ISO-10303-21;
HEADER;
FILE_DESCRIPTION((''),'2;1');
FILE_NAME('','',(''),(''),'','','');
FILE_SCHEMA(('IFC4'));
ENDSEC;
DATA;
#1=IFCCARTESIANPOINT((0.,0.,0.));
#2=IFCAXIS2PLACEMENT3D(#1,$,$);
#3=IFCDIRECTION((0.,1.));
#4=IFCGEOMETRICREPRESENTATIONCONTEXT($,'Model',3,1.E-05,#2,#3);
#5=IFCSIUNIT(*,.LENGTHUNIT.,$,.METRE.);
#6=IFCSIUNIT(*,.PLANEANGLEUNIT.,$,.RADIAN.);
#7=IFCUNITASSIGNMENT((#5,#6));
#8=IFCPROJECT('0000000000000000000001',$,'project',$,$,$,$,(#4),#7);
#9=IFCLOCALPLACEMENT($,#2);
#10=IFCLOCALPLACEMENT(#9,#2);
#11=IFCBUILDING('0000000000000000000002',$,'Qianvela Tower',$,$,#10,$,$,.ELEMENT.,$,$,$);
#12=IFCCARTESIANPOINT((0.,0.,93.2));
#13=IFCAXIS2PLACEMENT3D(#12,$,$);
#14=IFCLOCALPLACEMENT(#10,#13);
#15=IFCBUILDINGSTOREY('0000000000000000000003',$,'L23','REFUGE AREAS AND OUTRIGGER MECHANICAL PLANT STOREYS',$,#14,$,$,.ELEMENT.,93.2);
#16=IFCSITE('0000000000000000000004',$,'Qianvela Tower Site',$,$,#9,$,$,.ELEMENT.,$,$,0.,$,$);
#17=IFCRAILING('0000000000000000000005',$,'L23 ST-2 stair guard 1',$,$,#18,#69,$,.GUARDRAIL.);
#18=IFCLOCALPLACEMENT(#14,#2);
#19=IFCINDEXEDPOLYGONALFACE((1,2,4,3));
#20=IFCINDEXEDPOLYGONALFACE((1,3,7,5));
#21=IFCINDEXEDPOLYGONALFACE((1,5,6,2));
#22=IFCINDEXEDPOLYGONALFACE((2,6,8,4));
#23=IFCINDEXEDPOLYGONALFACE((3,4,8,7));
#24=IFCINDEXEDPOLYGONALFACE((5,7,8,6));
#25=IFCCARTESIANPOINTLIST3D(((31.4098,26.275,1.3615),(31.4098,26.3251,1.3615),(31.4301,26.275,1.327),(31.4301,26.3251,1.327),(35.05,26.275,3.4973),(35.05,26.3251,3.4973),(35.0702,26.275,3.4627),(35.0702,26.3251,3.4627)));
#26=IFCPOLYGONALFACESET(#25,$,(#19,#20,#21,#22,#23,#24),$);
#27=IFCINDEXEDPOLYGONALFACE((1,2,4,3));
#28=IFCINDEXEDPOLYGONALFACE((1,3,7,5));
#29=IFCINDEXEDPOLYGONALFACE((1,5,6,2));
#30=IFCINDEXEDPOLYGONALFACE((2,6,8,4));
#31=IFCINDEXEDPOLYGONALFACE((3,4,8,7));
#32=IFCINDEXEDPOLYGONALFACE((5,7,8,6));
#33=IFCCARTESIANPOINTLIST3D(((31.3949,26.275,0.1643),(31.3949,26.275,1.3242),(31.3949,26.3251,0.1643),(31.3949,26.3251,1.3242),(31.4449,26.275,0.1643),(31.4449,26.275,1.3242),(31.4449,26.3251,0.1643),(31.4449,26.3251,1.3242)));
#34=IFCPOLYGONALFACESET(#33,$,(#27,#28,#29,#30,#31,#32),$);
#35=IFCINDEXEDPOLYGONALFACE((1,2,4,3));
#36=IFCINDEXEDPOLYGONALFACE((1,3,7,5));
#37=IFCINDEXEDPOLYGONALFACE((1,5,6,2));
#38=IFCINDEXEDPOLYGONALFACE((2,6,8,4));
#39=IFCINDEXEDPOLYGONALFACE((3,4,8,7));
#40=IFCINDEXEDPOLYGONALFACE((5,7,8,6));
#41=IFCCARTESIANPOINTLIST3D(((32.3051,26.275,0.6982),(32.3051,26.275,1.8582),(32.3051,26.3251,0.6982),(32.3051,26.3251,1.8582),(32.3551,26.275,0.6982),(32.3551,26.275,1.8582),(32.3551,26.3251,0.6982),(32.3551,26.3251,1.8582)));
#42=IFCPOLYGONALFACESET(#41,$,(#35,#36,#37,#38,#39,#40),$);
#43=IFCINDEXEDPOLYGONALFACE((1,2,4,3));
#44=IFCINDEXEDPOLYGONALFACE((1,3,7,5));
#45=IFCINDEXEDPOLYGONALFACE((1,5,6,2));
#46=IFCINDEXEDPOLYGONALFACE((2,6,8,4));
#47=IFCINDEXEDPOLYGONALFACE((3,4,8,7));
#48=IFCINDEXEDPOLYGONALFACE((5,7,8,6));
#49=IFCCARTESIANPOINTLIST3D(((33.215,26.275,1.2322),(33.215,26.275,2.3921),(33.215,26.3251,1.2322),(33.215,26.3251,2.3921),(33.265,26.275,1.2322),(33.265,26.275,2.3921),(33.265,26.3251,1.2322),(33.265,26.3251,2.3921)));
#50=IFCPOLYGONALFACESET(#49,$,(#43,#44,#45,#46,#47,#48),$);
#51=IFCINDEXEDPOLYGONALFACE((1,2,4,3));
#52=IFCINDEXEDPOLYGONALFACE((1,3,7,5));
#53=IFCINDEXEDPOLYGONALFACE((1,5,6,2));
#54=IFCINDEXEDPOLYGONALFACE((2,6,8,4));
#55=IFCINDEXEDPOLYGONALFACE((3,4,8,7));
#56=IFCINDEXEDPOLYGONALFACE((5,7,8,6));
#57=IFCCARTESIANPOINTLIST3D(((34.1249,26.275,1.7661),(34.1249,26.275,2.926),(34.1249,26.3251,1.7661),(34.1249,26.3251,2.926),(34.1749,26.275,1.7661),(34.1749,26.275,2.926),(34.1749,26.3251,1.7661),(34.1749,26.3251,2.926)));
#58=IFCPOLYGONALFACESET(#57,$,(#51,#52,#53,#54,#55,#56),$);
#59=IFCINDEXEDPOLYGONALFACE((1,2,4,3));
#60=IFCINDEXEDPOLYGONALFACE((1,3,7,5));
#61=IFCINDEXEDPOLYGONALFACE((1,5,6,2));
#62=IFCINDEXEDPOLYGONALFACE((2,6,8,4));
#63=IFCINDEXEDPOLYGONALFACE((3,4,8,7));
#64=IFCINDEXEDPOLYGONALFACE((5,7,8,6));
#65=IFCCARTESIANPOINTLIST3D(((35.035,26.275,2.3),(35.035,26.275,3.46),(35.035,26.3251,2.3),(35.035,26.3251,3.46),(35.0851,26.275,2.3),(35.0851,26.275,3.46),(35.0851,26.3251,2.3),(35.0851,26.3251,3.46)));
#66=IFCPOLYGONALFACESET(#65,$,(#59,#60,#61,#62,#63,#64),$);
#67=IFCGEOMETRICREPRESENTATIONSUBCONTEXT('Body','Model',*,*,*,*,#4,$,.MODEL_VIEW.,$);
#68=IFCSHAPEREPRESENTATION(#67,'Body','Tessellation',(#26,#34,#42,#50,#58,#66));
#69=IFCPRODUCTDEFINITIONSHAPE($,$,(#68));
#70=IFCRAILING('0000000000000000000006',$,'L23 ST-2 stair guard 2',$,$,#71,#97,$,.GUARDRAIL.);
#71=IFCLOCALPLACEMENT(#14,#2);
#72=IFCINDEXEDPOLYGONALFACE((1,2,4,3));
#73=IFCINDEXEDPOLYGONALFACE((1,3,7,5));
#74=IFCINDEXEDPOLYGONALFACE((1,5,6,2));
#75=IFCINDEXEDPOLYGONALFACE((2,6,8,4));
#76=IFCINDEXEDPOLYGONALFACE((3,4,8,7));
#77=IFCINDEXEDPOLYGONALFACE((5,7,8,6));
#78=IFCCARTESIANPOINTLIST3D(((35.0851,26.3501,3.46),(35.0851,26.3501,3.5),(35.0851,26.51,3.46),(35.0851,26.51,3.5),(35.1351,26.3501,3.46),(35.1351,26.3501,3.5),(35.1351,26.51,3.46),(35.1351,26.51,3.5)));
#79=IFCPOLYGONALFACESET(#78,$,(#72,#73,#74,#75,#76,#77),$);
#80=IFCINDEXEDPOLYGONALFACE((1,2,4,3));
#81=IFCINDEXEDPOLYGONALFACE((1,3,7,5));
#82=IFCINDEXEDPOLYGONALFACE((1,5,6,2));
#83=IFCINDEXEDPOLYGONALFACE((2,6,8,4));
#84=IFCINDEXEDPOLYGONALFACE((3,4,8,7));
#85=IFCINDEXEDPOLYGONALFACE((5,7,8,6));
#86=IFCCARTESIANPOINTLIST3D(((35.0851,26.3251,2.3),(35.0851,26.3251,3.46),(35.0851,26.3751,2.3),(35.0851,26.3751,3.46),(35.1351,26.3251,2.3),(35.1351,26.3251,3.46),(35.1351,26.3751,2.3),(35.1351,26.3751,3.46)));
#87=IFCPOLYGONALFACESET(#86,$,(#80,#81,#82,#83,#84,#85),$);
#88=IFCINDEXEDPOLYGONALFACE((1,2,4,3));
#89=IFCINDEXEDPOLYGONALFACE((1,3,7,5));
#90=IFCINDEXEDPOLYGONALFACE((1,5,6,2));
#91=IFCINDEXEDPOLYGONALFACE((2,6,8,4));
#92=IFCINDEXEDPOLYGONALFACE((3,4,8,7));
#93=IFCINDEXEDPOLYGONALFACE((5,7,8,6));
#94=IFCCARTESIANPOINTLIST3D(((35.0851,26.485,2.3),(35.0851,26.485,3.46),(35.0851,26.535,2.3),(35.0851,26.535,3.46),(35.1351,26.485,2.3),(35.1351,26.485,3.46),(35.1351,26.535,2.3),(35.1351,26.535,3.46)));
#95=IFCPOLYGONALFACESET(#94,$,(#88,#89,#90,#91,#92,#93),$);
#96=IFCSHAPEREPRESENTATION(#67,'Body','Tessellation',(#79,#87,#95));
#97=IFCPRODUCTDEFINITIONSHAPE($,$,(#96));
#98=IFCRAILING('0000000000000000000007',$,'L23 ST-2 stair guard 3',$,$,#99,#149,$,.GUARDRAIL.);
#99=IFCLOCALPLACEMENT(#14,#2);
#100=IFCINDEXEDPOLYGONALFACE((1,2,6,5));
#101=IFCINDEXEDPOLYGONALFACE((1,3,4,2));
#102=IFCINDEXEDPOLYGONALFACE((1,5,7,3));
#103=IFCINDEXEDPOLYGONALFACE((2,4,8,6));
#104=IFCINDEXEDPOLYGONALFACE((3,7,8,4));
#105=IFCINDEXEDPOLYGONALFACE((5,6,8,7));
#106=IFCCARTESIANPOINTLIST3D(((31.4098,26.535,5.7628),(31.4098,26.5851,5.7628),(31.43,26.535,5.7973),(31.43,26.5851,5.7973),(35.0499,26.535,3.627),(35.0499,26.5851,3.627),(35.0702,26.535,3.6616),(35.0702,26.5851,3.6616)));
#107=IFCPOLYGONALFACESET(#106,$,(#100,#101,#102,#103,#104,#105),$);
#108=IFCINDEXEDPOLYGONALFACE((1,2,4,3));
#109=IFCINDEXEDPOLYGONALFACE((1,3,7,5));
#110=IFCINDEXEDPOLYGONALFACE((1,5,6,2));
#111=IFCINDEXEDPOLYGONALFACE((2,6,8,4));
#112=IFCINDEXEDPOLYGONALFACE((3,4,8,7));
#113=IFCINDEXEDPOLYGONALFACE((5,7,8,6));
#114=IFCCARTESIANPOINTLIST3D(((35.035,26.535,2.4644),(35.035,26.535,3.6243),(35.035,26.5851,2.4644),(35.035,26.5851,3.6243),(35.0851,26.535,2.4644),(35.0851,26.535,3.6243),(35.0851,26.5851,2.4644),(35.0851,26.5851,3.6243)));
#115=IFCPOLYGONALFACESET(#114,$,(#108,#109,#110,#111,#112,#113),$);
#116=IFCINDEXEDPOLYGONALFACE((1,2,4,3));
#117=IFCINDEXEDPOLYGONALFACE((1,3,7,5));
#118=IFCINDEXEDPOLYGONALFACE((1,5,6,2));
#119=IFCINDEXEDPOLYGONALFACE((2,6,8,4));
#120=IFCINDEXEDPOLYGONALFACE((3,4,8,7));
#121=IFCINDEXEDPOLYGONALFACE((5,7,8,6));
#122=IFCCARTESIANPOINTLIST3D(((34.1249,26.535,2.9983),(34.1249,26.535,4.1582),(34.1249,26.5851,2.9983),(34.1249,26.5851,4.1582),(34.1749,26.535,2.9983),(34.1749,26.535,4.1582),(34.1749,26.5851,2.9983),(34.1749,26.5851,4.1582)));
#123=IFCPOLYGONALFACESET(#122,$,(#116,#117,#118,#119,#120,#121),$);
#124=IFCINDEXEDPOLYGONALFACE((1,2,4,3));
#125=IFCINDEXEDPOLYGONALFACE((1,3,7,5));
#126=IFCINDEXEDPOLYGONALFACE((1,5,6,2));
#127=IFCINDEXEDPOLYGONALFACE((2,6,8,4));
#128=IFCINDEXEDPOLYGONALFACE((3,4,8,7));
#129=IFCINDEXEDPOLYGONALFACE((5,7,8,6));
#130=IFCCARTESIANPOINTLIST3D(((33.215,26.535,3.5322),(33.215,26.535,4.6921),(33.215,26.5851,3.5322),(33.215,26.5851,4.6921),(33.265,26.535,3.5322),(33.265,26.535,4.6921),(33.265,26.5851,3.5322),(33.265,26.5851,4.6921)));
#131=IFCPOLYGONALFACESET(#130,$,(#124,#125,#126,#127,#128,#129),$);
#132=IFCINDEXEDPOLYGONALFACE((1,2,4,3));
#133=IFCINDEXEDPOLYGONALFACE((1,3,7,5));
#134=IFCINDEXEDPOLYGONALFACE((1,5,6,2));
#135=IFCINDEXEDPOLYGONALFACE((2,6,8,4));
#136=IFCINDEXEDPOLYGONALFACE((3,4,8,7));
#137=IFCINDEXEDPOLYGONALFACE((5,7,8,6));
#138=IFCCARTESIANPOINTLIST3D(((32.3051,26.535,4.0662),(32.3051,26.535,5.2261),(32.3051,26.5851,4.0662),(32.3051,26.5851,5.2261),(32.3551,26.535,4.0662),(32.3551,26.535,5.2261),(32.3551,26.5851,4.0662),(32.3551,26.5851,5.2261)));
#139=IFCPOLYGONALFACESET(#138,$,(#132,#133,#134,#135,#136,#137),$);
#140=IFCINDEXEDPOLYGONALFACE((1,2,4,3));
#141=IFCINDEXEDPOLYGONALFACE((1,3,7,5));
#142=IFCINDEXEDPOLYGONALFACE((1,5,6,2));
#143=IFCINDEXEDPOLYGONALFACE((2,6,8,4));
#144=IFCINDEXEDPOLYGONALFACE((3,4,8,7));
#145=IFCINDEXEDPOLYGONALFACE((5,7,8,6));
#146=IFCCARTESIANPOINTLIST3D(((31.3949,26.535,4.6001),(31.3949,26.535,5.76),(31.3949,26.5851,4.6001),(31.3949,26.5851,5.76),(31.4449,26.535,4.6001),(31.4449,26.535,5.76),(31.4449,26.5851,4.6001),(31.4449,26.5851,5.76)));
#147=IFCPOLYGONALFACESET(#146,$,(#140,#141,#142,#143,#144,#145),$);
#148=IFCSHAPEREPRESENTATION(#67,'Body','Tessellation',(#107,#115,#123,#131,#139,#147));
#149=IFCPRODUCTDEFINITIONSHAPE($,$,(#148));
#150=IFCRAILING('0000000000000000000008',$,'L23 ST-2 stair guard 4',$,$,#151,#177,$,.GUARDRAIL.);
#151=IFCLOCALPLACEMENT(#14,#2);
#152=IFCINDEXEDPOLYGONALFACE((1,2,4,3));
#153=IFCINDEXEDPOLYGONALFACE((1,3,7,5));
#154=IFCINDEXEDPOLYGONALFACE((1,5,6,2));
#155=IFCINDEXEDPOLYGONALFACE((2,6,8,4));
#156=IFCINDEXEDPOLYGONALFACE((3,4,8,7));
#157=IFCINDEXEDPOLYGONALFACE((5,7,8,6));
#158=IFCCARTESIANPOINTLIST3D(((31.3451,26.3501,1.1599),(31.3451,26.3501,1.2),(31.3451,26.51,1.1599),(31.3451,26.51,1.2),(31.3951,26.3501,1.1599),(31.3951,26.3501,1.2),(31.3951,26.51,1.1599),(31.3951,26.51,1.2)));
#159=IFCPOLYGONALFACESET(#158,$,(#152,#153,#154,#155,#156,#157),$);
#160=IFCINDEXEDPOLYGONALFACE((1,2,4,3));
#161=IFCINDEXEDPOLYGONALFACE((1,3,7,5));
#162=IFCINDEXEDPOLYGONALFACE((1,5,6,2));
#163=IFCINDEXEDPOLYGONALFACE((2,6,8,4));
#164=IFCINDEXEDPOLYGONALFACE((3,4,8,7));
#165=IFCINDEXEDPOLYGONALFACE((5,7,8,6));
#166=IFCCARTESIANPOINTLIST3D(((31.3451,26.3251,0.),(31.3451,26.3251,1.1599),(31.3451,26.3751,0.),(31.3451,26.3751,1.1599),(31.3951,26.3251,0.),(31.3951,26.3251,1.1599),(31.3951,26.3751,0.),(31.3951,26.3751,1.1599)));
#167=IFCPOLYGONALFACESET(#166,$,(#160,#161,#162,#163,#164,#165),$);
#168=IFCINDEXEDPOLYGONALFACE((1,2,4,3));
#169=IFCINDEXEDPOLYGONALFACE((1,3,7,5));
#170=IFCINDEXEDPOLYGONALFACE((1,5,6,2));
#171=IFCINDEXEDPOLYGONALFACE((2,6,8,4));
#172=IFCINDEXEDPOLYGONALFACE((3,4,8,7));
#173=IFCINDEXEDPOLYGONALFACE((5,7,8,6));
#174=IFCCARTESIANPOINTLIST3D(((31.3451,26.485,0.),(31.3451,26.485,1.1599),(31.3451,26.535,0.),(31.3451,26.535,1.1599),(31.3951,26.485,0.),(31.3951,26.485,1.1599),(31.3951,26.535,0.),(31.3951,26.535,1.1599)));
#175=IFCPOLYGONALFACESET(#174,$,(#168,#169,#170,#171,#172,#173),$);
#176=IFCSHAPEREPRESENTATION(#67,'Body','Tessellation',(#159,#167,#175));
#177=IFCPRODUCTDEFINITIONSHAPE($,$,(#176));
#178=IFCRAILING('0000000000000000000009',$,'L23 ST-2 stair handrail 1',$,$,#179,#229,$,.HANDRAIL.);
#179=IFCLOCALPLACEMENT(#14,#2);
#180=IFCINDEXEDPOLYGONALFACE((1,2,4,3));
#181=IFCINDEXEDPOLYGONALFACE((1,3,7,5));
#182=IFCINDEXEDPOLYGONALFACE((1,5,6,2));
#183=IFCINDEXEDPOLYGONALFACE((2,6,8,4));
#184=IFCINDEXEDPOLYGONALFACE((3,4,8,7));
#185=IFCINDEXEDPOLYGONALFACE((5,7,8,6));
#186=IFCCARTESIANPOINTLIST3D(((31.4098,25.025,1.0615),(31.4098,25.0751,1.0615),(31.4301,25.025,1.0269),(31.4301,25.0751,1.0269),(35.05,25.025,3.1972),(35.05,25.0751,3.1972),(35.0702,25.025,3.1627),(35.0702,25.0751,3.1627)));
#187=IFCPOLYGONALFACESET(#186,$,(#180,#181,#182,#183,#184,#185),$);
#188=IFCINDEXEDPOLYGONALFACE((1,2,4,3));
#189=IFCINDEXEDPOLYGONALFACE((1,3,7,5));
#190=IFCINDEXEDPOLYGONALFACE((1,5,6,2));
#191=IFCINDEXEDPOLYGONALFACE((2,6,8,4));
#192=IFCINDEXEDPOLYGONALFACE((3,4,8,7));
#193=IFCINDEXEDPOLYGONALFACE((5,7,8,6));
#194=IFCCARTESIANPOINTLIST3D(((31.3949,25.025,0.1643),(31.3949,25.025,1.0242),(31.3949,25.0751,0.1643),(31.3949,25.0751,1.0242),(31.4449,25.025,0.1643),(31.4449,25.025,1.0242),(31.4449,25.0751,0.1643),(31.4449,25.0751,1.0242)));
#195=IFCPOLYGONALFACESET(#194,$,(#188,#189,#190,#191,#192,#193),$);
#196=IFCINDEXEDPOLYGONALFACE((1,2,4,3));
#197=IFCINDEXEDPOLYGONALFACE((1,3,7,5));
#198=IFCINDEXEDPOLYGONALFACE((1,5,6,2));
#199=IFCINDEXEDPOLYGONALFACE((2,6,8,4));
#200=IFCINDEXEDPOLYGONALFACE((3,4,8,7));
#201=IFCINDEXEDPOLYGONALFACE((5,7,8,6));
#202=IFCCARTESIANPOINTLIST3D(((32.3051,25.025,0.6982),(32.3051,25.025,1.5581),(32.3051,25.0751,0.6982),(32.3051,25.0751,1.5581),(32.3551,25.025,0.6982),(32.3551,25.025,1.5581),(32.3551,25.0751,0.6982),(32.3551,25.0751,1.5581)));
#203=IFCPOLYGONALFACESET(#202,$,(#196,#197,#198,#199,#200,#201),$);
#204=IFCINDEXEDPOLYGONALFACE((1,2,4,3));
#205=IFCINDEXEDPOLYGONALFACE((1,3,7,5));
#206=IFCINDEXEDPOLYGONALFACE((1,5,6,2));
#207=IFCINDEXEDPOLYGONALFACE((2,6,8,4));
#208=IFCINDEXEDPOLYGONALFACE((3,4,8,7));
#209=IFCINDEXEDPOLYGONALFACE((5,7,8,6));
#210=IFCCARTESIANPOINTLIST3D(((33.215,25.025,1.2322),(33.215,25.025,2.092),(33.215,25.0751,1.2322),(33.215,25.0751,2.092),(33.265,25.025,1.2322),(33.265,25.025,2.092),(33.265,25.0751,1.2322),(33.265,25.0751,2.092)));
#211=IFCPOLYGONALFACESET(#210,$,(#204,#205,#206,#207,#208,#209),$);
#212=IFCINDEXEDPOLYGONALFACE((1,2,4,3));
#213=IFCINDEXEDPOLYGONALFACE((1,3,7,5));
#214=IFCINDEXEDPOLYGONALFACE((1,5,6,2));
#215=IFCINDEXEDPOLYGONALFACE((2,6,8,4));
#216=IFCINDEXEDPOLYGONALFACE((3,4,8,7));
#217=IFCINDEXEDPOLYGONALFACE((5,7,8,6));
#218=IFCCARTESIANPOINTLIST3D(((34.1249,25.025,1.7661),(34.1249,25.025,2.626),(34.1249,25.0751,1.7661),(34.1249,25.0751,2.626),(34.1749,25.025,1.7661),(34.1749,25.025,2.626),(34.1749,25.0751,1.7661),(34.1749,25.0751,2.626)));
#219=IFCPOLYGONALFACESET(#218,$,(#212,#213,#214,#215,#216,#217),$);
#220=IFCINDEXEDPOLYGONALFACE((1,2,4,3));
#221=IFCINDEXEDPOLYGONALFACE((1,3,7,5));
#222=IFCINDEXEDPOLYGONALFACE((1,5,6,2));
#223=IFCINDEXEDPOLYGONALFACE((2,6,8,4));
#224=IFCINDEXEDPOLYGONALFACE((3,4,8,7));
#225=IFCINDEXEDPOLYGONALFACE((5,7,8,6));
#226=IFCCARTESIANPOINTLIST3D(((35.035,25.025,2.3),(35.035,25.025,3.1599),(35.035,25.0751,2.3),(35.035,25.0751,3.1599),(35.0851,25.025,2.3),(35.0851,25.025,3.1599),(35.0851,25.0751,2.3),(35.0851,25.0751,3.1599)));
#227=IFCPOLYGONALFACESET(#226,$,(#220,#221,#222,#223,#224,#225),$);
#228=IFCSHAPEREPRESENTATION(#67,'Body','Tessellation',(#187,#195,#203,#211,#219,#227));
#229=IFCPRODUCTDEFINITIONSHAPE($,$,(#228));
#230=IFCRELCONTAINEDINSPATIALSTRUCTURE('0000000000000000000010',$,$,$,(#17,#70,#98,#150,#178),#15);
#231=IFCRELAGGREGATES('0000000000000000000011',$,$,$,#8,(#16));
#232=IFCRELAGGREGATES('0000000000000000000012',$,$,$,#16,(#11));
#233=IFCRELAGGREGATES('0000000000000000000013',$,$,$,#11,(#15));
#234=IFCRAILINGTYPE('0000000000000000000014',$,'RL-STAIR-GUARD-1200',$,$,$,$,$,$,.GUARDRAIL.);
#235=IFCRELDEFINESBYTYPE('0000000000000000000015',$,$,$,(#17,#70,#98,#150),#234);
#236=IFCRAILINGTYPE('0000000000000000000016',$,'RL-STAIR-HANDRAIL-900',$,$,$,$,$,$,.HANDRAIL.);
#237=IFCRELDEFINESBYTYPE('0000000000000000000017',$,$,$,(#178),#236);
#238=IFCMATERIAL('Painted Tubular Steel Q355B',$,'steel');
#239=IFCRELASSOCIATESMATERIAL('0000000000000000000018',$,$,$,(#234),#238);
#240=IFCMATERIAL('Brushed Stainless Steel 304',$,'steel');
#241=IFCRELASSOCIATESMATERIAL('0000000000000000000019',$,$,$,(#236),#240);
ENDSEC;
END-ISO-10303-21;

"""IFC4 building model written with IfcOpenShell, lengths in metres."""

from ifc_helpers import new_model, si_unit, direction, frame, origin, origin_2d, place, context, subcontext, project, spatial, rectangle, extrude, material, type_object, element, save


model = new_model("IFC4")

# Units and contexts
model_context = context("Model", 3, precision=1e-05, world=origin(), true_north=direction((0.0, 1.0)))
body_context = subcontext(model_context, "Body", "Model", "MODEL_VIEW")
ifc_project = project(units=[si_unit("LENGTHUNIT", "METRE"), si_unit("PLANEANGLEUNIT", "RADIAN")], contexts=[model_context])

# Site, building, storey
site_placement = place(None, origin())
site = spatial("IfcSite", under=ifc_project, at=site_placement, Name="Qianvela Tower Site", CompositionType="ELEMENT", RefElevation=0.0)
building_placement = place(site_placement, origin())
building = spatial("IfcBuilding", under=site, at=building_placement, Name="Qianvela Tower", CompositionType="ELEMENT")
storey_placement = place(building_placement, frame((0.0, 0.0, 93.2)))
storey = spatial("IfcBuildingStorey", under=building, at=storey_placement, Name="L23", Description="REFUGE AREAS AND OUTRIGGER MECHANICAL PLANT STOREYS", CompositionType="ELEMENT", Elevation=93.2)

# Railings
ifc_material_1 = material(Name="Painted Tubular Steel Q355B", Category="steel")
railing_type_1 = type_object("IfcRailingType", Name="RL-STAIR-GUARD-1200", PredefinedType="GUARDRAIL", material=ifc_material_1)
railing_1_placement = place(storey_placement, frame((31.4199, 26.3, 0.1643)))
element("IfcRailing", 1, at=railing_1_placement, inside=storey, type_object=railing_type_1, Name="L23 ST-2 stair guard 1", PredefinedType="GUARDRAIL", context=body_context, shape_type="SweptSolid", body=[
    extrude(rectangle(XDim=0.05, YDim=0.04, at=origin_2d()), frame((0.0, 0.0, 1.1799), z_axis=(0.862505, 0.0, 0.506049), x_axis=(0.0, 1.0, 0.0)), (0.0, 0.0, 1.0), 4.2205),
    extrude(rectangle(XDim=0.05, YDim=0.05, at=origin_2d()), origin(), (0.0, 0.0, 1.0), 1.1599),
    extrude(rectangle(XDim=0.05, YDim=0.05, at=origin_2d()), frame((0.9102, 0.0, 0.5339)), (0.0, 0.0, 1.0), 1.1599),
    extrude(rectangle(XDim=0.05, YDim=0.05, at=origin_2d()), frame((1.8201, 0.0, 1.0679)), (0.0, 0.0, 1.0), 1.1599),
    extrude(rectangle(XDim=0.05, YDim=0.05, at=origin_2d()), frame((2.73, 0.0, 1.6018)), (0.0, 0.0, 1.0), 1.1599),
    extrude(rectangle(XDim=0.05, YDim=0.05, at=origin_2d()), frame((3.6401, 0.0, 2.1357)), (0.0, 0.0, 1.0), 1.1599),
])
railing_2_placement = place(storey_placement, frame((35.1101, 26.3501, 2.3)))
element("IfcRailing", 2, at=railing_2_placement, inside=storey, type_object=railing_type_1, Name="L23 ST-2 stair guard 2", PredefinedType="GUARDRAIL", context=body_context, shape_type="SweptSolid", body=[
    extrude(rectangle(XDim=0.05, YDim=0.04, at=origin_2d()), frame((0.0, 0.0, 1.1799), z_axis=(0.0, 1.0, 0.0), x_axis=(-1.0, 0.0, 0.0)), (0.0, 0.0, 1.0), 0.1599),
    extrude(rectangle(XDim=0.05, YDim=0.05, at=origin_2d()), origin(), (0.0, 0.0, 1.0), 1.1599),
    extrude(rectangle(XDim=0.05, YDim=0.05, at=origin_2d()), frame((0.0, 0.1599, 0.0)), (0.0, 0.0, 1.0), 1.1599),
])
railing_3_placement = place(storey_placement, frame((35.0601, 26.5601, 2.4644)))
element("IfcRailing", 3, at=railing_3_placement, inside=storey, type_object=railing_type_1, Name="L23 ST-2 stair guard 3", PredefinedType="GUARDRAIL", context=body_context, shape_type="SweptSolid", body=[
    extrude(rectangle(XDim=0.05, YDim=0.04, at=origin_2d()), frame((0.0, 0.0, 1.1799), z_axis=(-0.862505, 0.0, 0.506049), x_axis=(0.0, -1.0, 0.0)), (0.0, 0.0, 1.0), 4.2205),
    extrude(rectangle(XDim=0.05, YDim=0.05, at=origin_2d()), origin(), (0.0, 0.0, 1.0), 1.1599),
    extrude(rectangle(XDim=0.05, YDim=0.05, at=origin_2d()), frame((-0.9102, 0.0, 0.5339)), (0.0, 0.0, 1.0), 1.1599),
    extrude(rectangle(XDim=0.05, YDim=0.05, at=origin_2d()), frame((-1.8201, 0.0, 1.0679)), (0.0, 0.0, 1.0), 1.1599),
    extrude(rectangle(XDim=0.05, YDim=0.05, at=origin_2d()), frame((-2.73, 0.0, 1.6018)), (0.0, 0.0, 1.0), 1.1599),
    extrude(rectangle(XDim=0.05, YDim=0.05, at=origin_2d()), frame((-3.6401, 0.0, 2.1357)), (0.0, 0.0, 1.0), 1.1599),
])
railing_4_placement = place(storey_placement, frame((31.3701, 26.3501, 0.0)))
element("IfcRailing", 4, at=railing_4_placement, inside=storey, type_object=railing_type_1, Name="L23 ST-2 stair guard 4", PredefinedType="GUARDRAIL", context=body_context, shape_type="SweptSolid", body=[
    extrude(rectangle(XDim=0.05, YDim=0.04, at=origin_2d()), frame((0.0, 0.0, 1.1799), z_axis=(0.0, 1.0, 0.0), x_axis=(-1.0, 0.0, 0.0)), (0.0, 0.0, 1.0), 0.1599),
    extrude(rectangle(XDim=0.05, YDim=0.05, at=origin_2d()), origin(), (0.0, 0.0, 1.0), 1.1599),
    extrude(rectangle(XDim=0.05, YDim=0.05, at=origin_2d()), frame((0.0, 0.1599, 0.0)), (0.0, 0.0, 1.0), 1.1599),
])
ifc_material_2 = material(Name="Brushed Stainless Steel 304", Category="steel")
railing_type_2 = type_object("IfcRailingType", Name="RL-STAIR-HANDRAIL-900", PredefinedType="HANDRAIL", material=ifc_material_2)
railing_5_placement = place(storey_placement, frame((31.4199, 25.05, 0.1643)))
element("IfcRailing", 5, at=railing_5_placement, inside=storey, type_object=railing_type_2, Name="L23 ST-2 stair handrail 1", PredefinedType="HANDRAIL", context=body_context, shape_type="SweptSolid", body=[
    extrude(rectangle(XDim=0.05, YDim=0.04, at=origin_2d()), frame((0.0, 0.0, 0.8799), z_axis=(0.862505, 0.0, 0.506049), x_axis=(0.0, 1.0, 0.0)), (0.0, 0.0, 1.0), 4.2205),
    extrude(rectangle(XDim=0.05, YDim=0.05, at=origin_2d()), origin(), (0.0, 0.0, 1.0), 0.8599),
    extrude(rectangle(XDim=0.05, YDim=0.05, at=origin_2d()), frame((0.9102, 0.0, 0.5339)), (0.0, 0.0, 1.0), 0.8599),
    extrude(rectangle(XDim=0.05, YDim=0.05, at=origin_2d()), frame((1.8201, 0.0, 1.0679)), (0.0, 0.0, 1.0), 0.8599),
    extrude(rectangle(XDim=0.05, YDim=0.05, at=origin_2d()), frame((2.73, 0.0, 1.6018)), (0.0, 0.0, 1.0), 0.8599),
    extrude(rectangle(XDim=0.05, YDim=0.05, at=origin_2d()), frame((3.6401, 0.0, 2.1357)), (0.0, 0.0, 1.0), 0.8599),
])

save(model, "model.ifc")
